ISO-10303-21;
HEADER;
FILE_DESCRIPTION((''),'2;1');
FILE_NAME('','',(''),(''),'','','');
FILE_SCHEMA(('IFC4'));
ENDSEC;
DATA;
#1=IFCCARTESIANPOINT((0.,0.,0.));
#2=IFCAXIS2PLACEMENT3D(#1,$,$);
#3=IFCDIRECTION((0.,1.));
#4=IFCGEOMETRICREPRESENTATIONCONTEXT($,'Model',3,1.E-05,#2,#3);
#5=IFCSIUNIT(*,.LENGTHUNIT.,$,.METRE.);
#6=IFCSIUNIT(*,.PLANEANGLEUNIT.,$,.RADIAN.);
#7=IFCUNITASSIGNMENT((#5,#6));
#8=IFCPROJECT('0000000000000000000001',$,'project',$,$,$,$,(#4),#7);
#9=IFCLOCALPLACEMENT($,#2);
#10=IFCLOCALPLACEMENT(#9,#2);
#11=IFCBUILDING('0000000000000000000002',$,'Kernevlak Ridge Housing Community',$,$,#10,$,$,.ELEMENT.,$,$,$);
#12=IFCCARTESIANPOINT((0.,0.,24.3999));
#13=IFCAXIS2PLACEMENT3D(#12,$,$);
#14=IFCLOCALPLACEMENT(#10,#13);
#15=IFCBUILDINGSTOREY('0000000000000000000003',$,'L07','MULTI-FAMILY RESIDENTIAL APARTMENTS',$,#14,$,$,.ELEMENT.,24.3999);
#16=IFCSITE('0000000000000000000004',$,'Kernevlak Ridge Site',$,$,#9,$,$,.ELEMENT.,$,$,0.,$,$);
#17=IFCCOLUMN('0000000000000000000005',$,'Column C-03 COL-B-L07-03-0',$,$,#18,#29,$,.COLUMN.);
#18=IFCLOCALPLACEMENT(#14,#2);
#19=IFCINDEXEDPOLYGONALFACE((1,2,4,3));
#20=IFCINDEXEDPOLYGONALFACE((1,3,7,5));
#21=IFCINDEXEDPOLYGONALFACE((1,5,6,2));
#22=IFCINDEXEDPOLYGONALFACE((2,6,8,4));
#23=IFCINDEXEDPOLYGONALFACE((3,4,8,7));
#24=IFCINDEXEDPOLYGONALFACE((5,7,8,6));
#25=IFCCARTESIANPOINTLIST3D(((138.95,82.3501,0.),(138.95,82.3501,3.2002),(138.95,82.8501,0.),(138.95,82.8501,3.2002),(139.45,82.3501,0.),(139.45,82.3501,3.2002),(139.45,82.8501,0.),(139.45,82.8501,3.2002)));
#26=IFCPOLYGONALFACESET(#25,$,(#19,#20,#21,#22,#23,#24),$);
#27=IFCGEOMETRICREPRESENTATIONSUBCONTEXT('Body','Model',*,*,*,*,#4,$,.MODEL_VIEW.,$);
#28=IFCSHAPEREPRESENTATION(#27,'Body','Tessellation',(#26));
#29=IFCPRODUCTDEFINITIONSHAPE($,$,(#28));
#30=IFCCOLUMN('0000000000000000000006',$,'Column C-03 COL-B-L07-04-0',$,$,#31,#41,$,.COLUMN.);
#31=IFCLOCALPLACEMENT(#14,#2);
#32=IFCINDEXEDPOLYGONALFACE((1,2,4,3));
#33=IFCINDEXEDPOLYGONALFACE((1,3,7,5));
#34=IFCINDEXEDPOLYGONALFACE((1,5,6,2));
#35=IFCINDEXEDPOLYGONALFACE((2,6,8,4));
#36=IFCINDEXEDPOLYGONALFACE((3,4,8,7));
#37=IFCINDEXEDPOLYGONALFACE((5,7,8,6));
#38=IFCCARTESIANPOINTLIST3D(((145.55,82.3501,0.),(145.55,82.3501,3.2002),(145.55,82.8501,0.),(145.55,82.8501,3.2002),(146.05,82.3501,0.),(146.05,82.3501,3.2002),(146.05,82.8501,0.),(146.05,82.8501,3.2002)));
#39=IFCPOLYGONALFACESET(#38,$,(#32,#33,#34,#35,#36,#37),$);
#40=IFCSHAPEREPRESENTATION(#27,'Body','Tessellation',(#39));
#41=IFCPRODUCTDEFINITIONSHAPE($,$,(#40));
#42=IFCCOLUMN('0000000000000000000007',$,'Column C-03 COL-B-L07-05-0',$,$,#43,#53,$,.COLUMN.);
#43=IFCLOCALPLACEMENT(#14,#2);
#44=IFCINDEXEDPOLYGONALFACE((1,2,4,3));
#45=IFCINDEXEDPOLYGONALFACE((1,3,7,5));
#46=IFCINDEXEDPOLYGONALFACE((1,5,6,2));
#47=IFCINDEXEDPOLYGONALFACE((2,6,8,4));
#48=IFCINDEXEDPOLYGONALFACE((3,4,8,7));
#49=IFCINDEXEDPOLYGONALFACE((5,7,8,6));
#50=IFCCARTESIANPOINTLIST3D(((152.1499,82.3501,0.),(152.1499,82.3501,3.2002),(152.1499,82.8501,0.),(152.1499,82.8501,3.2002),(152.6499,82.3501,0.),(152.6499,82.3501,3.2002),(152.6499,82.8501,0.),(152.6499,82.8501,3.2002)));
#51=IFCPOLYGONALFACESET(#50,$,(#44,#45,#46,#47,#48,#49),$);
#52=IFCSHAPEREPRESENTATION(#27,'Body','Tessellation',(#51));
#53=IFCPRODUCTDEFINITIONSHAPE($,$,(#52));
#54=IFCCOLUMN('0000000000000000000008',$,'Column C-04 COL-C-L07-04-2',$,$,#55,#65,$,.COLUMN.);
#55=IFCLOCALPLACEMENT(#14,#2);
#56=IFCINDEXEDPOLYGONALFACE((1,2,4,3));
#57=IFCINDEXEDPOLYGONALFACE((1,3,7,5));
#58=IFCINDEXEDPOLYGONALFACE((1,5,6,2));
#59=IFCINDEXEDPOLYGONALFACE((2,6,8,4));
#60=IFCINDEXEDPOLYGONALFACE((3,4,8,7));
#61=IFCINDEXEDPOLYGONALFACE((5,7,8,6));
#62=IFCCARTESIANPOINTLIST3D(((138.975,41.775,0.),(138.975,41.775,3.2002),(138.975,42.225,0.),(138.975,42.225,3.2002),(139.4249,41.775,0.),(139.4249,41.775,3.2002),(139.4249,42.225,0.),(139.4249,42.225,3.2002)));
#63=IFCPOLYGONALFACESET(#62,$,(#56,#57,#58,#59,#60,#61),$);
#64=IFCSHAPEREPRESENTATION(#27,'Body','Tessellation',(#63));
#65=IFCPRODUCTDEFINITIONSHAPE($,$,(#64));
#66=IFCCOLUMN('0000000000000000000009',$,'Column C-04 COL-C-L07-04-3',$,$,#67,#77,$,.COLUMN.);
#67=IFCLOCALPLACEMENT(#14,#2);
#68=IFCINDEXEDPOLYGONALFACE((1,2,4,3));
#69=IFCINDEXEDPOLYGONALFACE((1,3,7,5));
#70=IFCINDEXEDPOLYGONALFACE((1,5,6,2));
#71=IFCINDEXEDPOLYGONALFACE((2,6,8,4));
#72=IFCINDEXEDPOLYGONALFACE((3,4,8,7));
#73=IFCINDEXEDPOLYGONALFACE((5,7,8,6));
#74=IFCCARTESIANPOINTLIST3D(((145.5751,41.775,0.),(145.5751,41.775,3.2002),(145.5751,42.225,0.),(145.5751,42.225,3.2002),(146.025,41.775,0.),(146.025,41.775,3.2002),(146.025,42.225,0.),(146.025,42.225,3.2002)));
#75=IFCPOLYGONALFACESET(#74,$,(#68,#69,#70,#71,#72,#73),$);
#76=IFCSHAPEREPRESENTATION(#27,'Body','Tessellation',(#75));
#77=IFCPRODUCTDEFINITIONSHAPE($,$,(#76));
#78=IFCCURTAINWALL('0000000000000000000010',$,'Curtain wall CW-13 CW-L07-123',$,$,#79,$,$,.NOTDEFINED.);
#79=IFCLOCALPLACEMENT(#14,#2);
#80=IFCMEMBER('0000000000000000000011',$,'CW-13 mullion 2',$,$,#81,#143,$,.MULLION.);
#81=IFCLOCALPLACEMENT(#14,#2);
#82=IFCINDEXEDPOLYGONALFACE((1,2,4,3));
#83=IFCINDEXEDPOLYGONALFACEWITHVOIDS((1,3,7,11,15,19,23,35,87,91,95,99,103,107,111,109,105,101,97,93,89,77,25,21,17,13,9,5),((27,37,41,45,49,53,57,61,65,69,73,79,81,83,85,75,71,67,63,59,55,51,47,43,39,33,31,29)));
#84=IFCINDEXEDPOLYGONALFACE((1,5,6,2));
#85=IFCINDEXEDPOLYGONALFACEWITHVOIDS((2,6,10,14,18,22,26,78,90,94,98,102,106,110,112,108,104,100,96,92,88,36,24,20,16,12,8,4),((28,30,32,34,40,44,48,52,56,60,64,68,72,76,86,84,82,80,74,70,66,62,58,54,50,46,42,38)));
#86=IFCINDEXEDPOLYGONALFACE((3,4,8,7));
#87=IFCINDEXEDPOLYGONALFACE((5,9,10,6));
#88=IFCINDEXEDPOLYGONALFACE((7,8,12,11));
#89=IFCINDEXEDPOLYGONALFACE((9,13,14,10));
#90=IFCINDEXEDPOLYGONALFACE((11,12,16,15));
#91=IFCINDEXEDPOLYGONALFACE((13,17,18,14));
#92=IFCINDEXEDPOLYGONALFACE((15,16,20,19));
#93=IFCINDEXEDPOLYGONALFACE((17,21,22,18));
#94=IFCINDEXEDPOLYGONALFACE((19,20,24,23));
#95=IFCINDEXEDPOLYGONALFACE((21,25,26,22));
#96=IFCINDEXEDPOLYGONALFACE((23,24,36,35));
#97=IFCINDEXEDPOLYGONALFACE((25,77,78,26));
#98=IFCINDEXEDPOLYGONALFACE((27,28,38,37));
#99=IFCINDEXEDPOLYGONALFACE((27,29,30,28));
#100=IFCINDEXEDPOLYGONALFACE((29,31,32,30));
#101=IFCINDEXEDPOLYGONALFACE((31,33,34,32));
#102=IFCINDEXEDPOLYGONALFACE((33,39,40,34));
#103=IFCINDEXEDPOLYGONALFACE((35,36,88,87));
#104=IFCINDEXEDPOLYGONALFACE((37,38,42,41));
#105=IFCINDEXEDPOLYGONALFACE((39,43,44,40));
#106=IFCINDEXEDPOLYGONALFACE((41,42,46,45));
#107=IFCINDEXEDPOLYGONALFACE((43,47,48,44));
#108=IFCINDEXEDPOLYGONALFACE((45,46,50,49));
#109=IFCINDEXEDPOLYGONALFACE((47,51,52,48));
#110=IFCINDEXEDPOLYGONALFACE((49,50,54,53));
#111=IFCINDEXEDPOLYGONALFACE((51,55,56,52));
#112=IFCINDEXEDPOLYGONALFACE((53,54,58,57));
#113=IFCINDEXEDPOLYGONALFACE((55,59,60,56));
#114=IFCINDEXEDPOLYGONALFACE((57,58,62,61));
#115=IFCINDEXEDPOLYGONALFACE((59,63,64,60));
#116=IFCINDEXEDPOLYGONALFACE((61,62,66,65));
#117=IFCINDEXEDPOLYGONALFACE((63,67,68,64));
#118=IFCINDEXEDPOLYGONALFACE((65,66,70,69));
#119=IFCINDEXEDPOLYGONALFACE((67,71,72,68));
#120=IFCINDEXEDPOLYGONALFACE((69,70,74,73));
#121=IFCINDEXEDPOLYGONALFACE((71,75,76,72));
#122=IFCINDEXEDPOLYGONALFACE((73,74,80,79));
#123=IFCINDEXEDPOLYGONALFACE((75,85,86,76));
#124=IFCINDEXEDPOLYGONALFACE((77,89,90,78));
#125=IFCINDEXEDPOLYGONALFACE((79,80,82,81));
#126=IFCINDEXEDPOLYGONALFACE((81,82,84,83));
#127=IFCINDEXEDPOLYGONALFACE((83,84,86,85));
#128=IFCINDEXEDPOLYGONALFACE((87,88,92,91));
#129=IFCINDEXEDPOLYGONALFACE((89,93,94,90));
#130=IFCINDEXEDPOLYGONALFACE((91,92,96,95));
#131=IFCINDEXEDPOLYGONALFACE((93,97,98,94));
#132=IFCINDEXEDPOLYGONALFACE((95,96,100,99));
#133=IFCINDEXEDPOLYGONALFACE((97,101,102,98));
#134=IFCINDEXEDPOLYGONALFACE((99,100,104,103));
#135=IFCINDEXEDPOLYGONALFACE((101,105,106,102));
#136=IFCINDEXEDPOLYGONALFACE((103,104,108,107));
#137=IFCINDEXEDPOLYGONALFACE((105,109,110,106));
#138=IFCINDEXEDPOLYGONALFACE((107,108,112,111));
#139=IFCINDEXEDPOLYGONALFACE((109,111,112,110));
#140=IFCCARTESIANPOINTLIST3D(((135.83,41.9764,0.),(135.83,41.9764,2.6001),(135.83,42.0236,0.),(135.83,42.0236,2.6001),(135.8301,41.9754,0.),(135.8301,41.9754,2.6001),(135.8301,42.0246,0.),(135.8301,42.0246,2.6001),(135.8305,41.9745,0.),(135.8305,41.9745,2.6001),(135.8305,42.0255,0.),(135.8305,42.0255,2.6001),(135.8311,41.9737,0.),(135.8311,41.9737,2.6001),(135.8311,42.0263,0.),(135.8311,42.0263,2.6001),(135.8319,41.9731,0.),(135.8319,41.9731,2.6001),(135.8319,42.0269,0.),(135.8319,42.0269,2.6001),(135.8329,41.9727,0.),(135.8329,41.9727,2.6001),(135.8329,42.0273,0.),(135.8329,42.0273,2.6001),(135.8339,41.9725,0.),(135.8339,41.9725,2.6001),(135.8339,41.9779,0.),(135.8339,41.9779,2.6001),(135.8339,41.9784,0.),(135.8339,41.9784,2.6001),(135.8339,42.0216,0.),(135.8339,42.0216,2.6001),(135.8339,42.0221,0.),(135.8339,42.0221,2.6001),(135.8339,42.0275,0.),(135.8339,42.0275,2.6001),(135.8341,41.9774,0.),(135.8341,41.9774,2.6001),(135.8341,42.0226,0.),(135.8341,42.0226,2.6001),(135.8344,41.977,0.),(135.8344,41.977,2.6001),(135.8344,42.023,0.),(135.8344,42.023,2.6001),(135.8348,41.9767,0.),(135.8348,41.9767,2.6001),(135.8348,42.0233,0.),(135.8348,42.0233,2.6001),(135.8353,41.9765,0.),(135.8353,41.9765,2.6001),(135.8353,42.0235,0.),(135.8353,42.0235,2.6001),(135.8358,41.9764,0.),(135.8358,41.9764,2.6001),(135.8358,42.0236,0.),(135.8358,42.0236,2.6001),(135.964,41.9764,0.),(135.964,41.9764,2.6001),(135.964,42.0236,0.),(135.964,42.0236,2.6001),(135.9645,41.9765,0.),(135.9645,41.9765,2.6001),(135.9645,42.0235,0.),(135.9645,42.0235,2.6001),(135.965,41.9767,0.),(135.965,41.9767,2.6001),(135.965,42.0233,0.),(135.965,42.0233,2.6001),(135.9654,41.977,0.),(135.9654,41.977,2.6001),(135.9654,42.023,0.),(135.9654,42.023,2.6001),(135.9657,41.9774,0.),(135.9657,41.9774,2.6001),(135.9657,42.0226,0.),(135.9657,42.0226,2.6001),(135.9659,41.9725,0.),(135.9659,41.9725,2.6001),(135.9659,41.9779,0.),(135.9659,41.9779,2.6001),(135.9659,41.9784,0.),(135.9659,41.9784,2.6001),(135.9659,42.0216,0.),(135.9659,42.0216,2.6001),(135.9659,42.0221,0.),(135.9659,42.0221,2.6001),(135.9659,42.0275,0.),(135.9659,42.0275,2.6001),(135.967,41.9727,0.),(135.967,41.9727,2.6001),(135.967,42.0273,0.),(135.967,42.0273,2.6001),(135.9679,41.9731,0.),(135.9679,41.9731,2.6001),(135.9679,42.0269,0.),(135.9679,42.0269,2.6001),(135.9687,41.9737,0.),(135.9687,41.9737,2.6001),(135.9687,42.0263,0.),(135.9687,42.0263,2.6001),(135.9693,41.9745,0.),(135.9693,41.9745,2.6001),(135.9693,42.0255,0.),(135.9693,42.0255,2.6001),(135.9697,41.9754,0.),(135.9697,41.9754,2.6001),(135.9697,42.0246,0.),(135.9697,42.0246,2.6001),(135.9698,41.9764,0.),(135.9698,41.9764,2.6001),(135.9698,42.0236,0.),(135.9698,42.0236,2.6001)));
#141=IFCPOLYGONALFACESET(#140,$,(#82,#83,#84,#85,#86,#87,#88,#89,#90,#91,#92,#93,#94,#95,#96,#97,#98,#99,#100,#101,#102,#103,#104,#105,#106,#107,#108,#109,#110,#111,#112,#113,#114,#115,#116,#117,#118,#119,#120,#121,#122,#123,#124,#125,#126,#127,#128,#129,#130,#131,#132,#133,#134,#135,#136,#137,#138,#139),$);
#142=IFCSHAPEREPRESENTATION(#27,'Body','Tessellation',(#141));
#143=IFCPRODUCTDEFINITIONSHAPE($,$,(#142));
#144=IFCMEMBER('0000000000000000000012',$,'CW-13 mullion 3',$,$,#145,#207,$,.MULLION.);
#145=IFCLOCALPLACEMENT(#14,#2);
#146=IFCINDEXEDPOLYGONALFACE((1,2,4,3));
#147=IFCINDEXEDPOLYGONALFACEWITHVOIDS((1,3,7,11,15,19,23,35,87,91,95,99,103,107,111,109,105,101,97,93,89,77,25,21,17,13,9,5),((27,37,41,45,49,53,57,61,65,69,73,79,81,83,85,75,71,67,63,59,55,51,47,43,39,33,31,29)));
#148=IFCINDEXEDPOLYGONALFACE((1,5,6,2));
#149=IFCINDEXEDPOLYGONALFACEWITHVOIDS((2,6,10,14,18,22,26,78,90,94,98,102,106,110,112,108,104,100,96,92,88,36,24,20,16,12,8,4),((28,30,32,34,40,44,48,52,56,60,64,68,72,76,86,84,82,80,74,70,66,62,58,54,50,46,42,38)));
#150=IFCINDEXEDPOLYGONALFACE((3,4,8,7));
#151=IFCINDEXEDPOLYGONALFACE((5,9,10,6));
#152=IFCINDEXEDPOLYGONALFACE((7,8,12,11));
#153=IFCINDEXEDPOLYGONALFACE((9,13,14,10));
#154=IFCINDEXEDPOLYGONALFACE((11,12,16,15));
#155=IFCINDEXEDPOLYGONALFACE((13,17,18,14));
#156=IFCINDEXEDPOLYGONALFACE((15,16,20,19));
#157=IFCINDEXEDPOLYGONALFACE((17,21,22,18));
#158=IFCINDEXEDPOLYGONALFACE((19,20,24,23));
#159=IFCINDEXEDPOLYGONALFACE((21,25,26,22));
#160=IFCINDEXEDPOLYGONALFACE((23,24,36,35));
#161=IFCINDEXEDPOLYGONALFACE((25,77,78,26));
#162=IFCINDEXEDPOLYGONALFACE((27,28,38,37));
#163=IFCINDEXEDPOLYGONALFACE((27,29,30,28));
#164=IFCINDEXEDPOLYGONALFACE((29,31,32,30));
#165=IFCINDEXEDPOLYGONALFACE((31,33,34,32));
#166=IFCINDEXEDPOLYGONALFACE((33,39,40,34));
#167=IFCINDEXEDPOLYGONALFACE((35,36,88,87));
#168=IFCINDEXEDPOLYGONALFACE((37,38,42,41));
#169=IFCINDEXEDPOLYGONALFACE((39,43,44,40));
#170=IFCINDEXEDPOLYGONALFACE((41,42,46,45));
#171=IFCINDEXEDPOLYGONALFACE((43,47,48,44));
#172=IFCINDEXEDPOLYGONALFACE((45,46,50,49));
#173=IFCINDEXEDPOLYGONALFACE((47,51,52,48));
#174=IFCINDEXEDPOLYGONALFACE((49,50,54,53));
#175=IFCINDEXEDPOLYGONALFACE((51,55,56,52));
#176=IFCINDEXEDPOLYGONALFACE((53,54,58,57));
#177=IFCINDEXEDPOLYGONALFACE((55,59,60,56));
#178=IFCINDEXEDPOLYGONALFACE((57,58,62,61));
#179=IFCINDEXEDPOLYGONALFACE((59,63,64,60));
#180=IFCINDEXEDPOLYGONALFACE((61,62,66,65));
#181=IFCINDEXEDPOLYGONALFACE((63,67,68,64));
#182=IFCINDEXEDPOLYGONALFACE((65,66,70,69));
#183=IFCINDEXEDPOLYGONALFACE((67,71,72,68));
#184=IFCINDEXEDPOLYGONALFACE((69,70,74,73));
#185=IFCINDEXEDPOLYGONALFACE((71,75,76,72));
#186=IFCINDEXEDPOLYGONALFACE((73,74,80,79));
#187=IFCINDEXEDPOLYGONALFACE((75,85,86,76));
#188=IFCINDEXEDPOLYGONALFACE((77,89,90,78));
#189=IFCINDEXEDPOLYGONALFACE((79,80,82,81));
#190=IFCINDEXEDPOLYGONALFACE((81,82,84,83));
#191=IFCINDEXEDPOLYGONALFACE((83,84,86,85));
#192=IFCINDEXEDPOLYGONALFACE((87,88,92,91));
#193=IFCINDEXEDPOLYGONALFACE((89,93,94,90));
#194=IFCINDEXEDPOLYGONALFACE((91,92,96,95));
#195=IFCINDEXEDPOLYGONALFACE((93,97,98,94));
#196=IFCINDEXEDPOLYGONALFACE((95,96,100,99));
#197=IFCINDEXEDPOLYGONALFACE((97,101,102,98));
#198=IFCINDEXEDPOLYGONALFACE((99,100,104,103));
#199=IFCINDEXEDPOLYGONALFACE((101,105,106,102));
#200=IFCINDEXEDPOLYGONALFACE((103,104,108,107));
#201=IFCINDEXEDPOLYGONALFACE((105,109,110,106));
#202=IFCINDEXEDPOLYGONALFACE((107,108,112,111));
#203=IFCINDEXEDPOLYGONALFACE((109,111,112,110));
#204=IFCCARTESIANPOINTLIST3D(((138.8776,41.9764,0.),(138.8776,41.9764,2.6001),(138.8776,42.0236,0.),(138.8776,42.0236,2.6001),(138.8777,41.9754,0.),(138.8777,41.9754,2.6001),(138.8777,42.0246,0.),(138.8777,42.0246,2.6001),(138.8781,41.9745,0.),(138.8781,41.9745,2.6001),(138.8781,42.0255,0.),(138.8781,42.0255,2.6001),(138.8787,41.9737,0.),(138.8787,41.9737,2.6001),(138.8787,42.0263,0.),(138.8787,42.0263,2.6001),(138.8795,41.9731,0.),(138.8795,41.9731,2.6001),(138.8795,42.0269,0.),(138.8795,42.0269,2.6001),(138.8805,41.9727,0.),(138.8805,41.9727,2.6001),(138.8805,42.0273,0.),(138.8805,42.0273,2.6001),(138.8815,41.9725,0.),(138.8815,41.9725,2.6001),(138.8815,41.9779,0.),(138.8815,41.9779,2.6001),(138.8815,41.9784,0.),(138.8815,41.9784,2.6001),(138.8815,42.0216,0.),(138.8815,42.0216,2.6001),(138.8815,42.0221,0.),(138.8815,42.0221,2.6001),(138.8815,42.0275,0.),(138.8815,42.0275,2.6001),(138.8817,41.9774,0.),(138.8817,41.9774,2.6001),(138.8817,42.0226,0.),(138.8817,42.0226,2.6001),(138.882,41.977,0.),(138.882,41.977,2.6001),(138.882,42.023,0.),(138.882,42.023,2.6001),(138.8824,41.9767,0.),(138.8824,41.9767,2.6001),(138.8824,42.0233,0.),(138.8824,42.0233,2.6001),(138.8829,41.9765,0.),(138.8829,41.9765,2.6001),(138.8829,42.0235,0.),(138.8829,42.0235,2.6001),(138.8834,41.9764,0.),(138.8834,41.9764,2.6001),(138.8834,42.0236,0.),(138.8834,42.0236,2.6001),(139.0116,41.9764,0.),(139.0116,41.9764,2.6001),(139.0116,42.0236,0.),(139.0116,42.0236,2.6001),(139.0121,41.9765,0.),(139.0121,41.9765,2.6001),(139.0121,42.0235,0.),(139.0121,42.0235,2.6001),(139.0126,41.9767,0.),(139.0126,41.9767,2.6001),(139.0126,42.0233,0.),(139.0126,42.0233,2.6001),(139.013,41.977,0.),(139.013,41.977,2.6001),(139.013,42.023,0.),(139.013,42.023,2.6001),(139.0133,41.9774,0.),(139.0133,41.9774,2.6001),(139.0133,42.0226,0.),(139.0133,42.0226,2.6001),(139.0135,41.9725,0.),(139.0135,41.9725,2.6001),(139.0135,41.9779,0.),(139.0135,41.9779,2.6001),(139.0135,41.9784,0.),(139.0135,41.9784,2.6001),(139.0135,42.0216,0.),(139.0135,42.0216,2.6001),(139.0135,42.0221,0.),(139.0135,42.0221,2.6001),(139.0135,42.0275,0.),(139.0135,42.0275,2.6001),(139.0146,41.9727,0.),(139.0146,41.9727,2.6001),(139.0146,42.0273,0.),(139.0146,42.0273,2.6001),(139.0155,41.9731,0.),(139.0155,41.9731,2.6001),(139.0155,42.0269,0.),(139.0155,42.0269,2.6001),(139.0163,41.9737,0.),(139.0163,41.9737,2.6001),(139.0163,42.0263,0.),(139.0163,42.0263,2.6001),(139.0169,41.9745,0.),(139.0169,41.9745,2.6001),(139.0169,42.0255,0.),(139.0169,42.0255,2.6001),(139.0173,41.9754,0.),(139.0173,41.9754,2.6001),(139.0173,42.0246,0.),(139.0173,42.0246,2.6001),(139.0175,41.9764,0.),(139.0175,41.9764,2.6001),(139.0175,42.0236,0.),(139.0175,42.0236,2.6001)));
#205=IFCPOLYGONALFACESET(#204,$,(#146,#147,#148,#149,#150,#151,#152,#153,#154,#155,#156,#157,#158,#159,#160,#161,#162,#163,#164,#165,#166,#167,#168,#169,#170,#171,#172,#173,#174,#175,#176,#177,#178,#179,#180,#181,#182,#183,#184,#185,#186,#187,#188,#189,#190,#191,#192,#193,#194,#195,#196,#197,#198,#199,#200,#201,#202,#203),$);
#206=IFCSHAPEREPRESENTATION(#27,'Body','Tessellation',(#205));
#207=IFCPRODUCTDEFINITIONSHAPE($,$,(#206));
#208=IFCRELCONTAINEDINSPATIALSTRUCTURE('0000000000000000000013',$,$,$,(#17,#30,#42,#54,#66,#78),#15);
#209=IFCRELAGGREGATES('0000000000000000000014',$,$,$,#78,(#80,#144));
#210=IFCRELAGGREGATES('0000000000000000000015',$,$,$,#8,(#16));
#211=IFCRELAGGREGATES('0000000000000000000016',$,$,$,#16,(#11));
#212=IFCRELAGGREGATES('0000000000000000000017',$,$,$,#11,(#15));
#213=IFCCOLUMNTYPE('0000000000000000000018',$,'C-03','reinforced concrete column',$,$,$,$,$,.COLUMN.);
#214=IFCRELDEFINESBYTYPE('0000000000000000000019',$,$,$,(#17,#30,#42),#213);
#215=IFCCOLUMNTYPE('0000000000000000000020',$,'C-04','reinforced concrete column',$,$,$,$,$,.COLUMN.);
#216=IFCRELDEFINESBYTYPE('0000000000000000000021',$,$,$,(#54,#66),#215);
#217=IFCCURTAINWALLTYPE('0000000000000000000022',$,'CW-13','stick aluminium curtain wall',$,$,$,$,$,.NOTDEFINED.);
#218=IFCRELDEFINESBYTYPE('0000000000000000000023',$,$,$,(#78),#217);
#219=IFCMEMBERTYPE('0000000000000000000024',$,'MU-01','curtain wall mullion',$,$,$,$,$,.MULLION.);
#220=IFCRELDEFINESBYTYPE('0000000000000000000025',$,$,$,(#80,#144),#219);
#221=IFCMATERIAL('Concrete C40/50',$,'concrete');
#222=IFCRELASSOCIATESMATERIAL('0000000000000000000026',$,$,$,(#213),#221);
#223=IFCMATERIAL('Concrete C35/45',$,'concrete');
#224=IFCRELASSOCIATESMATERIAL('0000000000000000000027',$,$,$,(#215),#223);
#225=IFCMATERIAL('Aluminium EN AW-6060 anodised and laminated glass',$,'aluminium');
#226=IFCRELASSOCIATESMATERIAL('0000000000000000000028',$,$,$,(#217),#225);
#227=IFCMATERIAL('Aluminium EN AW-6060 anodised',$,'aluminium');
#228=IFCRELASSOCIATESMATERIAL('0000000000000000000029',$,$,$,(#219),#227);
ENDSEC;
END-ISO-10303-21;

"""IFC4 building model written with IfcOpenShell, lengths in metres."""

from ifc_helpers import new_model, si_unit, direction, frame, origin, origin_2d, place, context, subcontext, project, spatial, rectangle, hollow_rectangle, extrude, material, material_profile, profile_set, type_object, element, aggregate, save


model = new_model("IFC4")

# Units and contexts
model_context = context("Model", 3, precision=1e-05, world=origin(), true_north=direction((0.0, 1.0)))
body_context = subcontext(model_context, "Body", "Model", "MODEL_VIEW")
ifc_project = project(units=[si_unit("LENGTHUNIT", "METRE"), si_unit("PLANEANGLEUNIT", "RADIAN")], contexts=[model_context])

# Site, building, storey
site_placement = place(None, origin())
site = spatial("IfcSite", under=ifc_project, at=site_placement, Name="Kernevlak Ridge Site", CompositionType="ELEMENT", RefElevation=0.0)
building_placement = place(site_placement, origin())
building = spatial("IfcBuilding", under=site, at=building_placement, Name="Kernevlak Ridge Housing Community", CompositionType="ELEMENT")
storey_placement = place(building_placement, frame((0.0, 0.0, 24.3999)))
storey = spatial("IfcBuildingStorey", under=building, at=storey_placement, Name="L07", Description="MULTI-FAMILY RESIDENTIAL APARTMENTS", CompositionType="ELEMENT", Elevation=24.3999)

# Columns
ifc_material_1 = material(Name="Concrete C40/50", Category="concrete")
ifc_material_profile_1 = material_profile(ifc_material_1, rectangle(XDim=0.5, YDim=0.5, at=origin_2d()), Name="RC 500x500")
ifc_profile_set_1 = profile_set([ifc_material_profile_1], Name="Concrete C40/50")
column_type_1 = type_object("IfcColumnType", Name="C-03", Description="reinforced concrete column", PredefinedType="COLUMN", material=ifc_profile_set_1)
for number, where, z_axis, x_axis, name in (
    (1, (139.2, 82.6001, 0.0), (0.0, 0.0, 1.0), (1.0, 0.0, 0.0), "Column C-03 COL-B-L07-03-0"),
    (2, (145.8, 82.6001, 0.0), (0.0, 0.0, 1.0), (1.0, 0.0, 0.0), "Column C-03 COL-B-L07-04-0"),
    (3, (152.3999, 82.6001, 0.0), (0.0, 0.0, 1.0), (1.0, 0.0, 0.0), "Column C-03 COL-B-L07-05-0"),
):
    element("IfcColumn", number, at=place(storey_placement, frame(where, z_axis=z_axis, x_axis=x_axis)), inside=storey, type_object=column_type_1, Name=name, PredefinedType="COLUMN", context=body_context, shape_type="SweptSolid", body=[
        extrude(rectangle(XDim=0.5, YDim=0.5, at=origin_2d()), origin(), (0.0, 0.0, 1.0), 3.2002),
    ])
ifc_material_2 = material(Name="Concrete C35/45", Category="concrete")
ifc_material_profile_2 = material_profile(ifc_material_2, rectangle(XDim=0.45, YDim=0.45, at=origin_2d()), Name="RC 450x450")
ifc_profile_set_2 = profile_set([ifc_material_profile_2], Name="Concrete C35/45")
column_type_2 = type_object("IfcColumnType", Name="C-04", Description="reinforced concrete column", PredefinedType="COLUMN", material=ifc_profile_set_2)
for number, where, z_axis, x_axis, name in (
    (4, (139.2, 42.0, 0.0), (0.0, 0.0, 1.0), (1.0, 0.0, 0.0), "Column C-04 COL-C-L07-04-2"),
    (5, (145.8, 42.0, 0.0), (0.0, 0.0, 1.0), (1.0, 0.0, 0.0), "Column C-04 COL-C-L07-04-3"),
):
    element("IfcColumn", number, at=place(storey_placement, frame(where, z_axis=z_axis, x_axis=x_axis)), inside=storey, type_object=column_type_2, Name=name, PredefinedType="COLUMN", context=body_context, shape_type="SweptSolid", body=[
        extrude(rectangle(XDim=0.45, YDim=0.45, at=origin_2d()), origin(), (0.0, 0.0, 1.0), 3.2002),
    ])

# Curtain wall, members
ifc_material_3 = material(Name="Aluminium EN AW-6060 anodised and laminated glass", Category="aluminium")
curtain_wall_type = type_object("IfcCurtainWallType", Name="CW-13", Description="stick aluminium curtain wall", PredefinedType="NOTDEFINED", material=ifc_material_3)
curtain_wall_placement = place(storey_placement, origin())
curtain_wall = element("IfcCurtainWall", 6, at=curtain_wall_placement, inside=storey, type_object=curtain_wall_type, Name="Curtain wall CW-13 CW-L07-123", PredefinedType="NOTDEFINED")
ifc_material_4 = material(Name="Aluminium EN AW-6060 anodised", Category="aluminium")
ifc_material_profile_3 = material_profile(ifc_material_4, hollow_rectangle(XDim=0.0549, YDim=0.1399, WallThickness=0.0039, InnerFilletRadius=0.002, OuterFilletRadius=0.0039, at=origin_2d()), Name="ALU 55x140x4")
ifc_profile_set_3 = profile_set([ifc_material_profile_3], Name="Aluminium EN AW-6060 anodised")
member_type_1 = type_object("IfcMemberType", Name="MU-01", Description="curtain wall mullion", PredefinedType="MULLION", material=ifc_profile_set_3)
member_1_placement = place(storey_placement, frame((135.8999, 42.0, 0.0), z_axis=(0.0, 0.0, 1.0), x_axis=(0.0, 1.0, 0.0)))
member_1 = element("IfcMember", 7, at=member_1_placement, type_object=member_type_1, Name="CW-13 mullion 2", PredefinedType="MULLION", context=body_context, shape_type="SweptSolid", body=[
    extrude(hollow_rectangle(XDim=0.0549, YDim=0.1399, WallThickness=0.0039, InnerFilletRadius=0.002, OuterFilletRadius=0.0039, at=origin_2d()), origin(), (0.0, 0.0, 1.0), 2.6001),
])
member_2_placement = place(storey_placement, frame((138.9475, 42.0, 0.0), z_axis=(0.0, 0.0, 1.0), x_axis=(0.0, 1.0, 0.0)))
member_2 = element("IfcMember", 8, at=member_2_placement, type_object=member_type_1, Name="CW-13 mullion 3", PredefinedType="MULLION", context=body_context, shape_type="SweptSolid", body=[
    extrude(hollow_rectangle(XDim=0.0549, YDim=0.1399, WallThickness=0.0039, InnerFilletRadius=0.002, OuterFilletRadius=0.0039, at=origin_2d()), origin(), (0.0, 0.0, 1.0), 2.6001),
])

aggregate(curtain_wall, [member_1, member_2])

save(model, "model.ifc")
